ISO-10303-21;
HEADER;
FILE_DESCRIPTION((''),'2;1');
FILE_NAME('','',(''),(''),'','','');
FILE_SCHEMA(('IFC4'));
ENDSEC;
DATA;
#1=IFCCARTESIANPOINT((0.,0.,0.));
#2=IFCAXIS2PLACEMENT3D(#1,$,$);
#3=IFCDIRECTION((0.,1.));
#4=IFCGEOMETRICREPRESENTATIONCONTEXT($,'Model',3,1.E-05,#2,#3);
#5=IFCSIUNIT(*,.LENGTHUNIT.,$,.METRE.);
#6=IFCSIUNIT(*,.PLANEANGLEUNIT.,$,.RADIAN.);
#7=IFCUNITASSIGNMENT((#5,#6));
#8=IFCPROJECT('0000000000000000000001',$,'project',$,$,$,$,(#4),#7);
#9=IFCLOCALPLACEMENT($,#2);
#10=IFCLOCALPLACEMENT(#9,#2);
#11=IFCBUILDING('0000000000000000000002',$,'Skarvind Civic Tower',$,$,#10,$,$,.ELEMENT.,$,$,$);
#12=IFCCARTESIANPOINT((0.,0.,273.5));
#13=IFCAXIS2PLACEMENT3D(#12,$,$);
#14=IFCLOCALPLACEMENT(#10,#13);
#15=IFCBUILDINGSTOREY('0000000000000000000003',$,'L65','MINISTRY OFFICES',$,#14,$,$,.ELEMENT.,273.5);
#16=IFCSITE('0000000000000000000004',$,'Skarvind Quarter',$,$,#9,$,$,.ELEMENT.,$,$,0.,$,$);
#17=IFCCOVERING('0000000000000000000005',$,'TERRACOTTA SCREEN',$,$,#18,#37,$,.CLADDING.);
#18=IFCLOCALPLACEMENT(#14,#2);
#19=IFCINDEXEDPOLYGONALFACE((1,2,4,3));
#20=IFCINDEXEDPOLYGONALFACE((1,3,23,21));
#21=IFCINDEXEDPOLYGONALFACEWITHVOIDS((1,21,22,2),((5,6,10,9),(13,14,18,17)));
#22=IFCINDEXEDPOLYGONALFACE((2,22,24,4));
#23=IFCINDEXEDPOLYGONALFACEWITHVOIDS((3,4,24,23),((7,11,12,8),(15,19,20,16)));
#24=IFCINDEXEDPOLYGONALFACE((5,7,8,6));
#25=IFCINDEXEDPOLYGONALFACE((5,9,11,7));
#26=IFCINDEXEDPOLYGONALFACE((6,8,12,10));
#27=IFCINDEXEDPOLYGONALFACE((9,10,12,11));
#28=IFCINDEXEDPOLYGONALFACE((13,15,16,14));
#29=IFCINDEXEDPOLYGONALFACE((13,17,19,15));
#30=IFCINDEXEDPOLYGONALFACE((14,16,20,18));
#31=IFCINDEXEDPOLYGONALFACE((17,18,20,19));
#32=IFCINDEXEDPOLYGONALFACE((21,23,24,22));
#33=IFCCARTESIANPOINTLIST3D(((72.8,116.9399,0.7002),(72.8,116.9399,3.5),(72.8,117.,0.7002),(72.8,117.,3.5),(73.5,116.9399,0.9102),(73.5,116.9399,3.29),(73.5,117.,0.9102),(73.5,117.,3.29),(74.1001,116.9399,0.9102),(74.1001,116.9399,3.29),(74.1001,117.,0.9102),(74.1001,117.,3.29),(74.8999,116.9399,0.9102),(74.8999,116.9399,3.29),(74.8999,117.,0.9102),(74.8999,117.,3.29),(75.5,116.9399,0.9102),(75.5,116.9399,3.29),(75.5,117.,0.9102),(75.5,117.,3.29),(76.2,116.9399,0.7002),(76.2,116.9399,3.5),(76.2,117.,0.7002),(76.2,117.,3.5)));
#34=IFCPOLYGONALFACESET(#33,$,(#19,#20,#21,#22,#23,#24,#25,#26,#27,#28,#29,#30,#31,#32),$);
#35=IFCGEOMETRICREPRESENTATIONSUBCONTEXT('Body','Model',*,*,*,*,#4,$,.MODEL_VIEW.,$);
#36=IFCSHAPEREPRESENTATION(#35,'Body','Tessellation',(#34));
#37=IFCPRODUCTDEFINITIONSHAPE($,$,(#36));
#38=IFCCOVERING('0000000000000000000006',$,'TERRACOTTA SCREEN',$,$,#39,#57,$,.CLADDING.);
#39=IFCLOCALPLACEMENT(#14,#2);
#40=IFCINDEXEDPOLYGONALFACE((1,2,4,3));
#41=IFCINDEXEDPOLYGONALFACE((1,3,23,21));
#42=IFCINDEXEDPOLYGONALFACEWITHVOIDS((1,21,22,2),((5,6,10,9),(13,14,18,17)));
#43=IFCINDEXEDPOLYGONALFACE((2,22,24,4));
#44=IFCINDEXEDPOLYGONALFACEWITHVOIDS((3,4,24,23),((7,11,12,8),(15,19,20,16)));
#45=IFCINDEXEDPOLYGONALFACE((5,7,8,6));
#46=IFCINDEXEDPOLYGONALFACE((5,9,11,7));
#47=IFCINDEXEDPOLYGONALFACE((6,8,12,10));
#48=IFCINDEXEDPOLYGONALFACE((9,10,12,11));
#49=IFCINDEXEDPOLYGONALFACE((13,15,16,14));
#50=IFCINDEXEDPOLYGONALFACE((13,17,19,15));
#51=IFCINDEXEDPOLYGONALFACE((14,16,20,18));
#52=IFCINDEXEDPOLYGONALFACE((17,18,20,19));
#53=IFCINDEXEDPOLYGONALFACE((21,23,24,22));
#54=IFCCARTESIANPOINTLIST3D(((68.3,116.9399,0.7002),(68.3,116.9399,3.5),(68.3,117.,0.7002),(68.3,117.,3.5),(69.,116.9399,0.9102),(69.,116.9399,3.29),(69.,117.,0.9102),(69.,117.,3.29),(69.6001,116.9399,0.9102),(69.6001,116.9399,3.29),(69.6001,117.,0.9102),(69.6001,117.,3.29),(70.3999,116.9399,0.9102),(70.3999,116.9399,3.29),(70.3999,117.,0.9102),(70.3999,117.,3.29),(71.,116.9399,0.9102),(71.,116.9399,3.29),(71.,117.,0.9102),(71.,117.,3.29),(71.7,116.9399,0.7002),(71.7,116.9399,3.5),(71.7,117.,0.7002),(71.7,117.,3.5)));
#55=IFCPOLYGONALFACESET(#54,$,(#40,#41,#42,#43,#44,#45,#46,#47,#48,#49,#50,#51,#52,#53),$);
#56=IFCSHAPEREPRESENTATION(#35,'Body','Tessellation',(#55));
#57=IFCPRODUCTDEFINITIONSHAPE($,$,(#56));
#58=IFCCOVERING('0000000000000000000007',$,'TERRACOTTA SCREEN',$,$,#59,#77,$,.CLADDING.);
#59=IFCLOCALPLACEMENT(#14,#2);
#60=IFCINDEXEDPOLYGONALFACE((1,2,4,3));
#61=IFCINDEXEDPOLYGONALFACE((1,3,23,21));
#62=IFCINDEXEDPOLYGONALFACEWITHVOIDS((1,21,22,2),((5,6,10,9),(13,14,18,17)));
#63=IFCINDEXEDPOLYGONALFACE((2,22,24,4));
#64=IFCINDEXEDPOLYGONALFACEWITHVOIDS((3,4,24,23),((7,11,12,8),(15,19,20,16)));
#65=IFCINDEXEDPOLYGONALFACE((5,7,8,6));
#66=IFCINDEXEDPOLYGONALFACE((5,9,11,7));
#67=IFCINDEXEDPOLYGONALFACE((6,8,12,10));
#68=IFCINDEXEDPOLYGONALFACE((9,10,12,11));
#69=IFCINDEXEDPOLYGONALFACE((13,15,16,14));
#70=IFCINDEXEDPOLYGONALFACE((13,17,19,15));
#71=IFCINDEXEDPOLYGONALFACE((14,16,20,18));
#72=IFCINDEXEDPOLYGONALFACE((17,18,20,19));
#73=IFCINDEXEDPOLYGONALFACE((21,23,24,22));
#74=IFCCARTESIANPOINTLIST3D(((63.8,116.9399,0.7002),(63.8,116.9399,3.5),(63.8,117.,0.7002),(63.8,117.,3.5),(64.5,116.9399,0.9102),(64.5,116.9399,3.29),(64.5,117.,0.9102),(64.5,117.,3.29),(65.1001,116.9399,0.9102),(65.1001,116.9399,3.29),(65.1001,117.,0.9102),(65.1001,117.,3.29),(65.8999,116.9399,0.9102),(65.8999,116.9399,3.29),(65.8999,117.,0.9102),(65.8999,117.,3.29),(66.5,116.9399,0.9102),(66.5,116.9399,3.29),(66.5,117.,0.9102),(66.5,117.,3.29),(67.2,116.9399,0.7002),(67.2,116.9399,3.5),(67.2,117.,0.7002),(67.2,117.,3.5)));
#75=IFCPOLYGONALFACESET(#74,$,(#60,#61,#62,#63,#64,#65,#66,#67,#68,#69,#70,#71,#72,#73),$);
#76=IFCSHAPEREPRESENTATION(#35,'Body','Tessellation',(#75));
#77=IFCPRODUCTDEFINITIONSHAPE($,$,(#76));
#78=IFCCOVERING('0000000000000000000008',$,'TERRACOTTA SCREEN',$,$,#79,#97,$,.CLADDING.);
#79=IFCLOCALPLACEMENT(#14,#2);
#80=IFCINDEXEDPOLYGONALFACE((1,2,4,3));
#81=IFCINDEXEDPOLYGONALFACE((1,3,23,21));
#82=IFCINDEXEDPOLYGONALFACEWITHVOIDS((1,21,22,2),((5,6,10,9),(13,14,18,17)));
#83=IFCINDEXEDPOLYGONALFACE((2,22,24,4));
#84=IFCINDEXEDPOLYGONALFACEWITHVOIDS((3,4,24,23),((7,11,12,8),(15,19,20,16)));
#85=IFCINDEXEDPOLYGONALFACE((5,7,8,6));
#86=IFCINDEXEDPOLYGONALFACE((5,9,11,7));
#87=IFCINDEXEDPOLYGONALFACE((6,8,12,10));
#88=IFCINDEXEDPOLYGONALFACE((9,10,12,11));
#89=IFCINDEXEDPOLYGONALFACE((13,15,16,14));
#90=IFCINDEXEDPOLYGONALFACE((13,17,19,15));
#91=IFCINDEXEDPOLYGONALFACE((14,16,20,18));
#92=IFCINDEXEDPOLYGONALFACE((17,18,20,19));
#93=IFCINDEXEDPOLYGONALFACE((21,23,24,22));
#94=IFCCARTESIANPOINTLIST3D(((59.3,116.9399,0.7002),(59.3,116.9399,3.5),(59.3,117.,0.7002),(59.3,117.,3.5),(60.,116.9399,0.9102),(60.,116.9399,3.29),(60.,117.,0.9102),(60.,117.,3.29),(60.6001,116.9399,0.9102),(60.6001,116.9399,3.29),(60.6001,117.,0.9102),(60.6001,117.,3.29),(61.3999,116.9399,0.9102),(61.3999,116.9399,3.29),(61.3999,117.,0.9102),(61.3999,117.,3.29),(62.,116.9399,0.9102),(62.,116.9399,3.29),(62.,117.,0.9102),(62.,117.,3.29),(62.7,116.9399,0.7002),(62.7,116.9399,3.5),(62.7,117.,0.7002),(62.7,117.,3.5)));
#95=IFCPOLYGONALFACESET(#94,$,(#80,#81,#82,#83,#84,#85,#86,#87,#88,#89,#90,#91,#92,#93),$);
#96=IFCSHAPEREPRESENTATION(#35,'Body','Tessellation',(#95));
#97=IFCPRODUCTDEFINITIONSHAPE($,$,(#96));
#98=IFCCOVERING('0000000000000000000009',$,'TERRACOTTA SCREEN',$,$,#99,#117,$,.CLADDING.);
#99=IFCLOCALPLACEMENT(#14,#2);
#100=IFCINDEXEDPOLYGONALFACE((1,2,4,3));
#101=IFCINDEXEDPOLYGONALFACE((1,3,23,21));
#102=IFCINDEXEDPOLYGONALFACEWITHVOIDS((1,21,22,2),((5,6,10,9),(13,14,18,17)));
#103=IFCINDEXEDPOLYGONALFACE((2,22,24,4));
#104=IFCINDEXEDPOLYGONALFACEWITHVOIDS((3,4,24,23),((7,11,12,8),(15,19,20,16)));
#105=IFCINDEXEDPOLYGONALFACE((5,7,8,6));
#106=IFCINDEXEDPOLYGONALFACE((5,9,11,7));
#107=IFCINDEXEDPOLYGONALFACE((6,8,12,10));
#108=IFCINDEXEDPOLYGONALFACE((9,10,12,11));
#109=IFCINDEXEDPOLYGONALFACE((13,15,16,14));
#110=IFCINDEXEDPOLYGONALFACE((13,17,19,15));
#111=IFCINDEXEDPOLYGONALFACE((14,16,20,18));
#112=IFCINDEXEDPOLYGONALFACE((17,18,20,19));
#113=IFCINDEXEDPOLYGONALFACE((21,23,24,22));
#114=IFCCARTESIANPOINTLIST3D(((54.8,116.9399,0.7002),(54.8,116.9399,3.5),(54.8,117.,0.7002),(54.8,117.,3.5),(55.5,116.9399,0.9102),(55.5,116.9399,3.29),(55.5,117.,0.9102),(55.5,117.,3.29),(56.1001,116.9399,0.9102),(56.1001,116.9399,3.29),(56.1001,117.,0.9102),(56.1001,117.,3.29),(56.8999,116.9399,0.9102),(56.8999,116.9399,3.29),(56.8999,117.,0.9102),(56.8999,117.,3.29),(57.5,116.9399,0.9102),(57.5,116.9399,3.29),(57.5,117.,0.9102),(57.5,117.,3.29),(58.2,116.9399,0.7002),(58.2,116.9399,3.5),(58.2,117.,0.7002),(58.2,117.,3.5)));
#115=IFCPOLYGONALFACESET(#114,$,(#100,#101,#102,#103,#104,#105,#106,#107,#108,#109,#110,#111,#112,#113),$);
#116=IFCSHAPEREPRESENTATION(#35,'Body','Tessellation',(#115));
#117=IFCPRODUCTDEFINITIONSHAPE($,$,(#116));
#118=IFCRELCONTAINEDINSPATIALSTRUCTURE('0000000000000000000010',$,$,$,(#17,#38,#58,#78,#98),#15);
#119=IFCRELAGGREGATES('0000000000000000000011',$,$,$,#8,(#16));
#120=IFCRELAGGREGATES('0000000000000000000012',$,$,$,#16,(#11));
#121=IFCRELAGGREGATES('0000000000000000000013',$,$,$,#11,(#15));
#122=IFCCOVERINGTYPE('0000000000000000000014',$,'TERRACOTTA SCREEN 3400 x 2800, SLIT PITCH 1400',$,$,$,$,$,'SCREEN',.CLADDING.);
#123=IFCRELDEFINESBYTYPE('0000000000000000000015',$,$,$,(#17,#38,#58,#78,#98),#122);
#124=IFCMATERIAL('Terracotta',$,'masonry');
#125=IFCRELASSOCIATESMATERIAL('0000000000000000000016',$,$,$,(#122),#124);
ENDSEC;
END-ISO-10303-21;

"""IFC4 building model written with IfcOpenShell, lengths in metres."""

from ifc_helpers import new_model, si_unit, direction, frame, origin, place, context, subcontext, project, spatial, polyline, outline, extrude, material, material_profile, profile_set, type_object, element, save


model = new_model("IFC4")

# Units and contexts
model_context = context("Model", 3, precision=1e-05, world=origin(), true_north=direction((0.0, 1.0)))
body_context = subcontext(model_context, "Body", "Model", "MODEL_VIEW")
ifc_project = project(units=[si_unit("LENGTHUNIT", "METRE"), si_unit("PLANEANGLEUNIT", "RADIAN")], contexts=[model_context])

# Site, building, storey
site_placement = place(None, origin())
site = spatial("IfcSite", under=ifc_project, at=site_placement, Name="Skarvind Quarter", CompositionType="ELEMENT", RefElevation=0.0)
building_placement = place(site_placement, origin())
building = spatial("IfcBuilding", under=site, at=building_placement, Name="Skarvind Civic Tower", CompositionType="ELEMENT")
storey_placement = place(building_placement, frame((0.0, 0.0, 273.5)))
storey = spatial("IfcBuildingStorey", under=building, at=storey_placement, Name="L65", Description="MINISTRY OFFICES", CompositionType="ELEMENT", Elevation=273.5)

# Coverings
ifc_material_1 = material(Name="Terracotta", Category="masonry")
ifc_material_profile = material_profile(ifc_material_1, outline(polyline([(-1.7, -1.3999), (1.7, -1.3999), (1.7, 1.3999), (-1.7, 1.3999), (-1.7, -1.3999)]), holes=[polyline([(-1.0, -1.1899), (-0.3999, -1.1899), (-0.3999, 1.1899), (-1.0, 1.1899), (-1.0, -1.1899)]), polyline([(0.3999, -1.1899), (1.0, -1.1899), (1.0, 1.1899), (0.3999, 1.1899), (0.3999, -1.1899)])]), Name="TERRACOTTA SCREEN 3400 x 2800, SLIT PITCH 1400")
ifc_profile_set = profile_set([ifc_material_profile], Name="Terracotta")
covering_type = type_object("IfcCoveringType", Name="TERRACOTTA SCREEN 3400 x 2800, SLIT PITCH 1400", ElementType="SCREEN", PredefinedType="CLADDING", material=ifc_profile_set)
for number, where, z_axis, x_axis, name in (
    (1, (74.5, 117.0, 2.1001), (0.0, -1.0, 0.0), (1.0, 0.0, 0.0), "TERRACOTTA SCREEN"),
    (2, (70.0, 117.0, 2.1001), (0.0, -1.0, 0.0), (1.0, 0.0, 0.0), "TERRACOTTA SCREEN"),
    (3, (65.5, 117.0, 2.1001), (0.0, -1.0, 0.0), (1.0, 0.0, 0.0), "TERRACOTTA SCREEN"),
    (4, (61.0, 117.0, 2.1001), (0.0, -1.0, 0.0), (1.0, 0.0, 0.0), "TERRACOTTA SCREEN"),
    (5, (56.5, 117.0, 2.1001), (0.0, -1.0, 0.0), (1.0, 0.0, 0.0), "TERRACOTTA SCREEN"),
):
    element("IfcCovering", number, at=place(storey_placement, frame(where, z_axis=z_axis, x_axis=x_axis)), inside=storey, type_object=covering_type, Name=name, PredefinedType="CLADDING", context=body_context, shape_type="SweptSolid", body=[
        extrude(outline(polyline([(-1.7, -1.3999), (1.7, -1.3999), (1.7, 1.3999), (-1.7, 1.3999), (-1.7, -1.3999)]), holes=[polyline([(-1.0, -1.1899), (-0.3999, -1.1899), (-0.3999, 1.1899), (-1.0, 1.1899), (-1.0, -1.1899)]), polyline([(0.3999, -1.1899), (1.0, -1.1899), (1.0, 1.1899), (0.3999, 1.1899), (0.3999, -1.1899)])]), origin(), (0.0, 0.0, 1.0), 0.0601),
    ])

save(model, "model.ifc")
